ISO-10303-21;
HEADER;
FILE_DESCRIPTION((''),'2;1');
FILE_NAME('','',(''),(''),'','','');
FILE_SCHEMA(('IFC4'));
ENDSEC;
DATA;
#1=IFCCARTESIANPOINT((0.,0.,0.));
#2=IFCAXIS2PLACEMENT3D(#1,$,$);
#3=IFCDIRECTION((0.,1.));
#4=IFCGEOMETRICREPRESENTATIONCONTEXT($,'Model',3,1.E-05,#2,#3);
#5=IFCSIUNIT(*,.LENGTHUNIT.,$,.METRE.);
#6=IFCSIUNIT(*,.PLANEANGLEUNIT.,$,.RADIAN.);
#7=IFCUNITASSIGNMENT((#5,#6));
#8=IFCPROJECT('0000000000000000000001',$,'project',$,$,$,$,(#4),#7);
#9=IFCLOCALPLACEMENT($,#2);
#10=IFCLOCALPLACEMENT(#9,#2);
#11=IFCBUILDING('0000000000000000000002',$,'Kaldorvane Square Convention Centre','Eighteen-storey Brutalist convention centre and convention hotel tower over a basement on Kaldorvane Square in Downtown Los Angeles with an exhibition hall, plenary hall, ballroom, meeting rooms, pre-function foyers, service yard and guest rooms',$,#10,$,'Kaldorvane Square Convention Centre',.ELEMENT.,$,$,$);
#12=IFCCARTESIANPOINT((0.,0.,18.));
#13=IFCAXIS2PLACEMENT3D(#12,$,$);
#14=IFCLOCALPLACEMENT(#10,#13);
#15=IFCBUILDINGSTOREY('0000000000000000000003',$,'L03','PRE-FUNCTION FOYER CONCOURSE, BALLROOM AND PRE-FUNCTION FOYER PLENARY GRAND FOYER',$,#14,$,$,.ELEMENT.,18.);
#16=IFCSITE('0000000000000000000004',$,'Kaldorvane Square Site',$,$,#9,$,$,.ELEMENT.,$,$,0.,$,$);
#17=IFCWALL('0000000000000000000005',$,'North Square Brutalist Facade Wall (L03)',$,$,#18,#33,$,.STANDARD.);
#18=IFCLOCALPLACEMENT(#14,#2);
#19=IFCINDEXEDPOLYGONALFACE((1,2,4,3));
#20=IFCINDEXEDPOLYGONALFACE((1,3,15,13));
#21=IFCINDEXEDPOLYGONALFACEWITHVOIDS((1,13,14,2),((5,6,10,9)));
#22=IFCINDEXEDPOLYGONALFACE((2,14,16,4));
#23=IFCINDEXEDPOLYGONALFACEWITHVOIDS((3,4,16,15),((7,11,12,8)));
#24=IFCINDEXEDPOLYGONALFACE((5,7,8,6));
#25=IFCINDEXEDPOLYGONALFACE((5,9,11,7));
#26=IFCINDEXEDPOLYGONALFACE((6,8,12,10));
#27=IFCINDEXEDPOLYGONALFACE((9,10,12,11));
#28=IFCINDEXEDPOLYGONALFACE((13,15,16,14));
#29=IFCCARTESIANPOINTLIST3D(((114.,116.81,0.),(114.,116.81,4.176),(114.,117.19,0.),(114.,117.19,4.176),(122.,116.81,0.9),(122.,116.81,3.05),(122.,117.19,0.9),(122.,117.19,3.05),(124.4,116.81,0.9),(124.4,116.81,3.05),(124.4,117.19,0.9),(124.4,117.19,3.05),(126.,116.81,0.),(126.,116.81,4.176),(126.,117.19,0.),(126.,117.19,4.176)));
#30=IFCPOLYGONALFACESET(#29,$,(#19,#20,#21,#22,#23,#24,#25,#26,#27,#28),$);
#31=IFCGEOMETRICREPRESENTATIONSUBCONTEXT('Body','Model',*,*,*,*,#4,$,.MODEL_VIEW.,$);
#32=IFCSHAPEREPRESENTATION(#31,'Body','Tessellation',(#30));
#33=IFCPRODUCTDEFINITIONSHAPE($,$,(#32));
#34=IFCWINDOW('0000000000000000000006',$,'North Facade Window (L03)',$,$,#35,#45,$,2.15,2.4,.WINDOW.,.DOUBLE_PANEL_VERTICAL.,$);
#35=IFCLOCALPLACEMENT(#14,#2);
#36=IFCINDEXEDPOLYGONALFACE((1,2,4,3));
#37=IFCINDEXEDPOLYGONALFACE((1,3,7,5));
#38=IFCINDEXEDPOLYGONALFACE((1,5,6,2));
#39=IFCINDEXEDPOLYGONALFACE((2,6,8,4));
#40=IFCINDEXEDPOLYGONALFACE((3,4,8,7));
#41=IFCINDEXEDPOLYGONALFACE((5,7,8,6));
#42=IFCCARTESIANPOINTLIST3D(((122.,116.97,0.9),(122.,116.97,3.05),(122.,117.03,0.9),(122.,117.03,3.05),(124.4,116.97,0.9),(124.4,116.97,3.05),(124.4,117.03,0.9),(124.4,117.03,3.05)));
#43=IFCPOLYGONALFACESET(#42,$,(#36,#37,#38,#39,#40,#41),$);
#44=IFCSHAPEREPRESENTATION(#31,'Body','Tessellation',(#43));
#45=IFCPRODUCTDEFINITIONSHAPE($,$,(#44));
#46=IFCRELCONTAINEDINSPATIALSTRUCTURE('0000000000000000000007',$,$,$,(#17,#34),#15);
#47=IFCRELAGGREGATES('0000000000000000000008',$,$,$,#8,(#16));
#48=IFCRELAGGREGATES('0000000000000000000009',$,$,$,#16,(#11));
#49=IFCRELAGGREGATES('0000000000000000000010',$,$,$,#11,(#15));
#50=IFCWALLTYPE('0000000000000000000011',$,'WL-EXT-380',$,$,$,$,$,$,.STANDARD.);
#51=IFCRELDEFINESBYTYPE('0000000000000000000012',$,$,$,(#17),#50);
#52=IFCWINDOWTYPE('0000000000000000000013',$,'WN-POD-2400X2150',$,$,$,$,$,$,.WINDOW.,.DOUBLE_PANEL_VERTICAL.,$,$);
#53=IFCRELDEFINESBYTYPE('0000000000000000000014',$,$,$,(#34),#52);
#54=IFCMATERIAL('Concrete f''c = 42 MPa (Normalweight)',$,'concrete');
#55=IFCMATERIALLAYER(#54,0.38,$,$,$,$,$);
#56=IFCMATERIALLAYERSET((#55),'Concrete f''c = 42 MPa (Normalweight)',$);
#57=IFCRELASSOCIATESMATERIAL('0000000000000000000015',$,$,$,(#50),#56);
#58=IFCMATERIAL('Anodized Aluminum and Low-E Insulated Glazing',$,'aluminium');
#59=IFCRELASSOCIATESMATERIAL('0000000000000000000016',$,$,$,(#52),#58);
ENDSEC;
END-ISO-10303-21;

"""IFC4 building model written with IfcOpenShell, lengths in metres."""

from ifc_helpers import new_model, si_unit, direction, frame, frame_2d, origin, place, context, subcontext, project, spatial, rectangle, extrude, material, layer, layer_set, type_object, element, fill, save


model = new_model("IFC4")

# Units and contexts
model_context = context("Model", 3, precision=1e-05, world=origin(), true_north=direction((0.0, 1.0)))
body_context = subcontext(model_context, "Body", "Model", "MODEL_VIEW")
ifc_project = project(units=[si_unit("LENGTHUNIT", "METRE"), si_unit("PLANEANGLEUNIT", "RADIAN")], contexts=[model_context])

# Site, building, storey
site_placement = place(None, origin())
site = spatial("IfcSite", under=ifc_project, at=site_placement, Name="Kaldorvane Square Site", CompositionType="ELEMENT", RefElevation=0.0)
building_placement = place(site_placement, origin())
building = spatial("IfcBuilding", under=site, at=building_placement, Name="Kaldorvane Square Convention Centre", Description="Eighteen-storey Brutalist convention centre and convention hotel tower over a basement on Kaldorvane Square in Downtown Los Angeles with an exhibition hall, plenary hall, ballroom, meeting rooms, pre-function foyers, service yard and guest rooms", LongName="Kaldorvane Square Convention Centre", CompositionType="ELEMENT")
storey_placement = place(building_placement, frame((0.0, 0.0, 18.0)))
storey = spatial("IfcBuildingStorey", under=building, at=storey_placement, Name="L03", Description="PRE-FUNCTION FOYER CONCOURSE, BALLROOM AND PRE-FUNCTION FOYER PLENARY GRAND FOYER", CompositionType="ELEMENT", Elevation=18.0)

# Shared definitions
ifc_material_1 = material(Name="Concrete f'c = 42 MPa (Normalweight)", Category="concrete")

# Shared definitions
ifc_material_2 = material(Name="Anodized Aluminum and Low-E Insulated Glazing", Category="aluminium")

# Wall, opening, window
ifc_layer_1 = layer(ifc_material_1, 0.38)
ifc_layer_set_1 = layer_set([ifc_layer_1], Name="Concrete f'c = 42 MPa (Normalweight)")
wall_type = type_object("IfcWallType", Name="WL-EXT-380", PredefinedType="STANDARD", material=ifc_layer_set_1)
wall_placement = place(storey_placement, frame((126.0, 117.0, 0.0), z_axis=(0.0, 0.0, 1.0), x_axis=(-1.0, 0.0, 0.0)))
wall = element("IfcWall", 1, at=wall_placement, inside=storey, type_object=wall_type, Name="North Square Brutalist Facade Wall (L03)", PredefinedType="STANDARD", context=body_context, shape_type="SweptSolid", body=[
    extrude(rectangle(XDim=12.0, YDim=0.38, at=frame_2d((6.0, 0.0))), origin(), (0.0, 0.0, 1.0), 4.176),
])
opening_placement = place(wall_placement, frame((1.6, 0.0, 0.9)))
opening = element("IfcOpeningElement", 2, at=opening_placement, cuts=wall, PredefinedType="OPENING", context=body_context, shape_type="SweptSolid", body=[
    extrude(rectangle(XDim=2.4, YDim=2.15, at=frame_2d((1.2, 1.075))), frame((0.0, 0.205, 0.0), z_axis=(0.0, -1.0, 0.0), x_axis=(1.0, 0.0, 0.0)), (0.0, 0.0, 1.0), 0.41),
])
window_type = type_object("IfcWindowType", Name="WN-POD-2400X2150", PartitioningType="DOUBLE_PANEL_VERTICAL", PredefinedType="WINDOW", material=ifc_material_2)
window_placement = place(opening_placement, origin())
window = element("IfcWindow", 3, at=window_placement, inside=storey, type_object=window_type, Name="North Facade Window (L03)", OverallHeight=2.15, OverallWidth=2.4, PartitioningType="DOUBLE_PANEL_VERTICAL", PredefinedType="WINDOW", context=body_context, shape_type="SweptSolid", body=[
    extrude(rectangle(XDim=2.4, YDim=2.15, at=frame_2d((1.2, 1.075))), frame((0.0, 0.03, 0.0), z_axis=(0.0, -1.0, 0.0), x_axis=(1.0, 0.0, 0.0)), (0.0, 0.0, 1.0), 0.06),
])
fill(opening, window)

save(model, "model.ifc")
